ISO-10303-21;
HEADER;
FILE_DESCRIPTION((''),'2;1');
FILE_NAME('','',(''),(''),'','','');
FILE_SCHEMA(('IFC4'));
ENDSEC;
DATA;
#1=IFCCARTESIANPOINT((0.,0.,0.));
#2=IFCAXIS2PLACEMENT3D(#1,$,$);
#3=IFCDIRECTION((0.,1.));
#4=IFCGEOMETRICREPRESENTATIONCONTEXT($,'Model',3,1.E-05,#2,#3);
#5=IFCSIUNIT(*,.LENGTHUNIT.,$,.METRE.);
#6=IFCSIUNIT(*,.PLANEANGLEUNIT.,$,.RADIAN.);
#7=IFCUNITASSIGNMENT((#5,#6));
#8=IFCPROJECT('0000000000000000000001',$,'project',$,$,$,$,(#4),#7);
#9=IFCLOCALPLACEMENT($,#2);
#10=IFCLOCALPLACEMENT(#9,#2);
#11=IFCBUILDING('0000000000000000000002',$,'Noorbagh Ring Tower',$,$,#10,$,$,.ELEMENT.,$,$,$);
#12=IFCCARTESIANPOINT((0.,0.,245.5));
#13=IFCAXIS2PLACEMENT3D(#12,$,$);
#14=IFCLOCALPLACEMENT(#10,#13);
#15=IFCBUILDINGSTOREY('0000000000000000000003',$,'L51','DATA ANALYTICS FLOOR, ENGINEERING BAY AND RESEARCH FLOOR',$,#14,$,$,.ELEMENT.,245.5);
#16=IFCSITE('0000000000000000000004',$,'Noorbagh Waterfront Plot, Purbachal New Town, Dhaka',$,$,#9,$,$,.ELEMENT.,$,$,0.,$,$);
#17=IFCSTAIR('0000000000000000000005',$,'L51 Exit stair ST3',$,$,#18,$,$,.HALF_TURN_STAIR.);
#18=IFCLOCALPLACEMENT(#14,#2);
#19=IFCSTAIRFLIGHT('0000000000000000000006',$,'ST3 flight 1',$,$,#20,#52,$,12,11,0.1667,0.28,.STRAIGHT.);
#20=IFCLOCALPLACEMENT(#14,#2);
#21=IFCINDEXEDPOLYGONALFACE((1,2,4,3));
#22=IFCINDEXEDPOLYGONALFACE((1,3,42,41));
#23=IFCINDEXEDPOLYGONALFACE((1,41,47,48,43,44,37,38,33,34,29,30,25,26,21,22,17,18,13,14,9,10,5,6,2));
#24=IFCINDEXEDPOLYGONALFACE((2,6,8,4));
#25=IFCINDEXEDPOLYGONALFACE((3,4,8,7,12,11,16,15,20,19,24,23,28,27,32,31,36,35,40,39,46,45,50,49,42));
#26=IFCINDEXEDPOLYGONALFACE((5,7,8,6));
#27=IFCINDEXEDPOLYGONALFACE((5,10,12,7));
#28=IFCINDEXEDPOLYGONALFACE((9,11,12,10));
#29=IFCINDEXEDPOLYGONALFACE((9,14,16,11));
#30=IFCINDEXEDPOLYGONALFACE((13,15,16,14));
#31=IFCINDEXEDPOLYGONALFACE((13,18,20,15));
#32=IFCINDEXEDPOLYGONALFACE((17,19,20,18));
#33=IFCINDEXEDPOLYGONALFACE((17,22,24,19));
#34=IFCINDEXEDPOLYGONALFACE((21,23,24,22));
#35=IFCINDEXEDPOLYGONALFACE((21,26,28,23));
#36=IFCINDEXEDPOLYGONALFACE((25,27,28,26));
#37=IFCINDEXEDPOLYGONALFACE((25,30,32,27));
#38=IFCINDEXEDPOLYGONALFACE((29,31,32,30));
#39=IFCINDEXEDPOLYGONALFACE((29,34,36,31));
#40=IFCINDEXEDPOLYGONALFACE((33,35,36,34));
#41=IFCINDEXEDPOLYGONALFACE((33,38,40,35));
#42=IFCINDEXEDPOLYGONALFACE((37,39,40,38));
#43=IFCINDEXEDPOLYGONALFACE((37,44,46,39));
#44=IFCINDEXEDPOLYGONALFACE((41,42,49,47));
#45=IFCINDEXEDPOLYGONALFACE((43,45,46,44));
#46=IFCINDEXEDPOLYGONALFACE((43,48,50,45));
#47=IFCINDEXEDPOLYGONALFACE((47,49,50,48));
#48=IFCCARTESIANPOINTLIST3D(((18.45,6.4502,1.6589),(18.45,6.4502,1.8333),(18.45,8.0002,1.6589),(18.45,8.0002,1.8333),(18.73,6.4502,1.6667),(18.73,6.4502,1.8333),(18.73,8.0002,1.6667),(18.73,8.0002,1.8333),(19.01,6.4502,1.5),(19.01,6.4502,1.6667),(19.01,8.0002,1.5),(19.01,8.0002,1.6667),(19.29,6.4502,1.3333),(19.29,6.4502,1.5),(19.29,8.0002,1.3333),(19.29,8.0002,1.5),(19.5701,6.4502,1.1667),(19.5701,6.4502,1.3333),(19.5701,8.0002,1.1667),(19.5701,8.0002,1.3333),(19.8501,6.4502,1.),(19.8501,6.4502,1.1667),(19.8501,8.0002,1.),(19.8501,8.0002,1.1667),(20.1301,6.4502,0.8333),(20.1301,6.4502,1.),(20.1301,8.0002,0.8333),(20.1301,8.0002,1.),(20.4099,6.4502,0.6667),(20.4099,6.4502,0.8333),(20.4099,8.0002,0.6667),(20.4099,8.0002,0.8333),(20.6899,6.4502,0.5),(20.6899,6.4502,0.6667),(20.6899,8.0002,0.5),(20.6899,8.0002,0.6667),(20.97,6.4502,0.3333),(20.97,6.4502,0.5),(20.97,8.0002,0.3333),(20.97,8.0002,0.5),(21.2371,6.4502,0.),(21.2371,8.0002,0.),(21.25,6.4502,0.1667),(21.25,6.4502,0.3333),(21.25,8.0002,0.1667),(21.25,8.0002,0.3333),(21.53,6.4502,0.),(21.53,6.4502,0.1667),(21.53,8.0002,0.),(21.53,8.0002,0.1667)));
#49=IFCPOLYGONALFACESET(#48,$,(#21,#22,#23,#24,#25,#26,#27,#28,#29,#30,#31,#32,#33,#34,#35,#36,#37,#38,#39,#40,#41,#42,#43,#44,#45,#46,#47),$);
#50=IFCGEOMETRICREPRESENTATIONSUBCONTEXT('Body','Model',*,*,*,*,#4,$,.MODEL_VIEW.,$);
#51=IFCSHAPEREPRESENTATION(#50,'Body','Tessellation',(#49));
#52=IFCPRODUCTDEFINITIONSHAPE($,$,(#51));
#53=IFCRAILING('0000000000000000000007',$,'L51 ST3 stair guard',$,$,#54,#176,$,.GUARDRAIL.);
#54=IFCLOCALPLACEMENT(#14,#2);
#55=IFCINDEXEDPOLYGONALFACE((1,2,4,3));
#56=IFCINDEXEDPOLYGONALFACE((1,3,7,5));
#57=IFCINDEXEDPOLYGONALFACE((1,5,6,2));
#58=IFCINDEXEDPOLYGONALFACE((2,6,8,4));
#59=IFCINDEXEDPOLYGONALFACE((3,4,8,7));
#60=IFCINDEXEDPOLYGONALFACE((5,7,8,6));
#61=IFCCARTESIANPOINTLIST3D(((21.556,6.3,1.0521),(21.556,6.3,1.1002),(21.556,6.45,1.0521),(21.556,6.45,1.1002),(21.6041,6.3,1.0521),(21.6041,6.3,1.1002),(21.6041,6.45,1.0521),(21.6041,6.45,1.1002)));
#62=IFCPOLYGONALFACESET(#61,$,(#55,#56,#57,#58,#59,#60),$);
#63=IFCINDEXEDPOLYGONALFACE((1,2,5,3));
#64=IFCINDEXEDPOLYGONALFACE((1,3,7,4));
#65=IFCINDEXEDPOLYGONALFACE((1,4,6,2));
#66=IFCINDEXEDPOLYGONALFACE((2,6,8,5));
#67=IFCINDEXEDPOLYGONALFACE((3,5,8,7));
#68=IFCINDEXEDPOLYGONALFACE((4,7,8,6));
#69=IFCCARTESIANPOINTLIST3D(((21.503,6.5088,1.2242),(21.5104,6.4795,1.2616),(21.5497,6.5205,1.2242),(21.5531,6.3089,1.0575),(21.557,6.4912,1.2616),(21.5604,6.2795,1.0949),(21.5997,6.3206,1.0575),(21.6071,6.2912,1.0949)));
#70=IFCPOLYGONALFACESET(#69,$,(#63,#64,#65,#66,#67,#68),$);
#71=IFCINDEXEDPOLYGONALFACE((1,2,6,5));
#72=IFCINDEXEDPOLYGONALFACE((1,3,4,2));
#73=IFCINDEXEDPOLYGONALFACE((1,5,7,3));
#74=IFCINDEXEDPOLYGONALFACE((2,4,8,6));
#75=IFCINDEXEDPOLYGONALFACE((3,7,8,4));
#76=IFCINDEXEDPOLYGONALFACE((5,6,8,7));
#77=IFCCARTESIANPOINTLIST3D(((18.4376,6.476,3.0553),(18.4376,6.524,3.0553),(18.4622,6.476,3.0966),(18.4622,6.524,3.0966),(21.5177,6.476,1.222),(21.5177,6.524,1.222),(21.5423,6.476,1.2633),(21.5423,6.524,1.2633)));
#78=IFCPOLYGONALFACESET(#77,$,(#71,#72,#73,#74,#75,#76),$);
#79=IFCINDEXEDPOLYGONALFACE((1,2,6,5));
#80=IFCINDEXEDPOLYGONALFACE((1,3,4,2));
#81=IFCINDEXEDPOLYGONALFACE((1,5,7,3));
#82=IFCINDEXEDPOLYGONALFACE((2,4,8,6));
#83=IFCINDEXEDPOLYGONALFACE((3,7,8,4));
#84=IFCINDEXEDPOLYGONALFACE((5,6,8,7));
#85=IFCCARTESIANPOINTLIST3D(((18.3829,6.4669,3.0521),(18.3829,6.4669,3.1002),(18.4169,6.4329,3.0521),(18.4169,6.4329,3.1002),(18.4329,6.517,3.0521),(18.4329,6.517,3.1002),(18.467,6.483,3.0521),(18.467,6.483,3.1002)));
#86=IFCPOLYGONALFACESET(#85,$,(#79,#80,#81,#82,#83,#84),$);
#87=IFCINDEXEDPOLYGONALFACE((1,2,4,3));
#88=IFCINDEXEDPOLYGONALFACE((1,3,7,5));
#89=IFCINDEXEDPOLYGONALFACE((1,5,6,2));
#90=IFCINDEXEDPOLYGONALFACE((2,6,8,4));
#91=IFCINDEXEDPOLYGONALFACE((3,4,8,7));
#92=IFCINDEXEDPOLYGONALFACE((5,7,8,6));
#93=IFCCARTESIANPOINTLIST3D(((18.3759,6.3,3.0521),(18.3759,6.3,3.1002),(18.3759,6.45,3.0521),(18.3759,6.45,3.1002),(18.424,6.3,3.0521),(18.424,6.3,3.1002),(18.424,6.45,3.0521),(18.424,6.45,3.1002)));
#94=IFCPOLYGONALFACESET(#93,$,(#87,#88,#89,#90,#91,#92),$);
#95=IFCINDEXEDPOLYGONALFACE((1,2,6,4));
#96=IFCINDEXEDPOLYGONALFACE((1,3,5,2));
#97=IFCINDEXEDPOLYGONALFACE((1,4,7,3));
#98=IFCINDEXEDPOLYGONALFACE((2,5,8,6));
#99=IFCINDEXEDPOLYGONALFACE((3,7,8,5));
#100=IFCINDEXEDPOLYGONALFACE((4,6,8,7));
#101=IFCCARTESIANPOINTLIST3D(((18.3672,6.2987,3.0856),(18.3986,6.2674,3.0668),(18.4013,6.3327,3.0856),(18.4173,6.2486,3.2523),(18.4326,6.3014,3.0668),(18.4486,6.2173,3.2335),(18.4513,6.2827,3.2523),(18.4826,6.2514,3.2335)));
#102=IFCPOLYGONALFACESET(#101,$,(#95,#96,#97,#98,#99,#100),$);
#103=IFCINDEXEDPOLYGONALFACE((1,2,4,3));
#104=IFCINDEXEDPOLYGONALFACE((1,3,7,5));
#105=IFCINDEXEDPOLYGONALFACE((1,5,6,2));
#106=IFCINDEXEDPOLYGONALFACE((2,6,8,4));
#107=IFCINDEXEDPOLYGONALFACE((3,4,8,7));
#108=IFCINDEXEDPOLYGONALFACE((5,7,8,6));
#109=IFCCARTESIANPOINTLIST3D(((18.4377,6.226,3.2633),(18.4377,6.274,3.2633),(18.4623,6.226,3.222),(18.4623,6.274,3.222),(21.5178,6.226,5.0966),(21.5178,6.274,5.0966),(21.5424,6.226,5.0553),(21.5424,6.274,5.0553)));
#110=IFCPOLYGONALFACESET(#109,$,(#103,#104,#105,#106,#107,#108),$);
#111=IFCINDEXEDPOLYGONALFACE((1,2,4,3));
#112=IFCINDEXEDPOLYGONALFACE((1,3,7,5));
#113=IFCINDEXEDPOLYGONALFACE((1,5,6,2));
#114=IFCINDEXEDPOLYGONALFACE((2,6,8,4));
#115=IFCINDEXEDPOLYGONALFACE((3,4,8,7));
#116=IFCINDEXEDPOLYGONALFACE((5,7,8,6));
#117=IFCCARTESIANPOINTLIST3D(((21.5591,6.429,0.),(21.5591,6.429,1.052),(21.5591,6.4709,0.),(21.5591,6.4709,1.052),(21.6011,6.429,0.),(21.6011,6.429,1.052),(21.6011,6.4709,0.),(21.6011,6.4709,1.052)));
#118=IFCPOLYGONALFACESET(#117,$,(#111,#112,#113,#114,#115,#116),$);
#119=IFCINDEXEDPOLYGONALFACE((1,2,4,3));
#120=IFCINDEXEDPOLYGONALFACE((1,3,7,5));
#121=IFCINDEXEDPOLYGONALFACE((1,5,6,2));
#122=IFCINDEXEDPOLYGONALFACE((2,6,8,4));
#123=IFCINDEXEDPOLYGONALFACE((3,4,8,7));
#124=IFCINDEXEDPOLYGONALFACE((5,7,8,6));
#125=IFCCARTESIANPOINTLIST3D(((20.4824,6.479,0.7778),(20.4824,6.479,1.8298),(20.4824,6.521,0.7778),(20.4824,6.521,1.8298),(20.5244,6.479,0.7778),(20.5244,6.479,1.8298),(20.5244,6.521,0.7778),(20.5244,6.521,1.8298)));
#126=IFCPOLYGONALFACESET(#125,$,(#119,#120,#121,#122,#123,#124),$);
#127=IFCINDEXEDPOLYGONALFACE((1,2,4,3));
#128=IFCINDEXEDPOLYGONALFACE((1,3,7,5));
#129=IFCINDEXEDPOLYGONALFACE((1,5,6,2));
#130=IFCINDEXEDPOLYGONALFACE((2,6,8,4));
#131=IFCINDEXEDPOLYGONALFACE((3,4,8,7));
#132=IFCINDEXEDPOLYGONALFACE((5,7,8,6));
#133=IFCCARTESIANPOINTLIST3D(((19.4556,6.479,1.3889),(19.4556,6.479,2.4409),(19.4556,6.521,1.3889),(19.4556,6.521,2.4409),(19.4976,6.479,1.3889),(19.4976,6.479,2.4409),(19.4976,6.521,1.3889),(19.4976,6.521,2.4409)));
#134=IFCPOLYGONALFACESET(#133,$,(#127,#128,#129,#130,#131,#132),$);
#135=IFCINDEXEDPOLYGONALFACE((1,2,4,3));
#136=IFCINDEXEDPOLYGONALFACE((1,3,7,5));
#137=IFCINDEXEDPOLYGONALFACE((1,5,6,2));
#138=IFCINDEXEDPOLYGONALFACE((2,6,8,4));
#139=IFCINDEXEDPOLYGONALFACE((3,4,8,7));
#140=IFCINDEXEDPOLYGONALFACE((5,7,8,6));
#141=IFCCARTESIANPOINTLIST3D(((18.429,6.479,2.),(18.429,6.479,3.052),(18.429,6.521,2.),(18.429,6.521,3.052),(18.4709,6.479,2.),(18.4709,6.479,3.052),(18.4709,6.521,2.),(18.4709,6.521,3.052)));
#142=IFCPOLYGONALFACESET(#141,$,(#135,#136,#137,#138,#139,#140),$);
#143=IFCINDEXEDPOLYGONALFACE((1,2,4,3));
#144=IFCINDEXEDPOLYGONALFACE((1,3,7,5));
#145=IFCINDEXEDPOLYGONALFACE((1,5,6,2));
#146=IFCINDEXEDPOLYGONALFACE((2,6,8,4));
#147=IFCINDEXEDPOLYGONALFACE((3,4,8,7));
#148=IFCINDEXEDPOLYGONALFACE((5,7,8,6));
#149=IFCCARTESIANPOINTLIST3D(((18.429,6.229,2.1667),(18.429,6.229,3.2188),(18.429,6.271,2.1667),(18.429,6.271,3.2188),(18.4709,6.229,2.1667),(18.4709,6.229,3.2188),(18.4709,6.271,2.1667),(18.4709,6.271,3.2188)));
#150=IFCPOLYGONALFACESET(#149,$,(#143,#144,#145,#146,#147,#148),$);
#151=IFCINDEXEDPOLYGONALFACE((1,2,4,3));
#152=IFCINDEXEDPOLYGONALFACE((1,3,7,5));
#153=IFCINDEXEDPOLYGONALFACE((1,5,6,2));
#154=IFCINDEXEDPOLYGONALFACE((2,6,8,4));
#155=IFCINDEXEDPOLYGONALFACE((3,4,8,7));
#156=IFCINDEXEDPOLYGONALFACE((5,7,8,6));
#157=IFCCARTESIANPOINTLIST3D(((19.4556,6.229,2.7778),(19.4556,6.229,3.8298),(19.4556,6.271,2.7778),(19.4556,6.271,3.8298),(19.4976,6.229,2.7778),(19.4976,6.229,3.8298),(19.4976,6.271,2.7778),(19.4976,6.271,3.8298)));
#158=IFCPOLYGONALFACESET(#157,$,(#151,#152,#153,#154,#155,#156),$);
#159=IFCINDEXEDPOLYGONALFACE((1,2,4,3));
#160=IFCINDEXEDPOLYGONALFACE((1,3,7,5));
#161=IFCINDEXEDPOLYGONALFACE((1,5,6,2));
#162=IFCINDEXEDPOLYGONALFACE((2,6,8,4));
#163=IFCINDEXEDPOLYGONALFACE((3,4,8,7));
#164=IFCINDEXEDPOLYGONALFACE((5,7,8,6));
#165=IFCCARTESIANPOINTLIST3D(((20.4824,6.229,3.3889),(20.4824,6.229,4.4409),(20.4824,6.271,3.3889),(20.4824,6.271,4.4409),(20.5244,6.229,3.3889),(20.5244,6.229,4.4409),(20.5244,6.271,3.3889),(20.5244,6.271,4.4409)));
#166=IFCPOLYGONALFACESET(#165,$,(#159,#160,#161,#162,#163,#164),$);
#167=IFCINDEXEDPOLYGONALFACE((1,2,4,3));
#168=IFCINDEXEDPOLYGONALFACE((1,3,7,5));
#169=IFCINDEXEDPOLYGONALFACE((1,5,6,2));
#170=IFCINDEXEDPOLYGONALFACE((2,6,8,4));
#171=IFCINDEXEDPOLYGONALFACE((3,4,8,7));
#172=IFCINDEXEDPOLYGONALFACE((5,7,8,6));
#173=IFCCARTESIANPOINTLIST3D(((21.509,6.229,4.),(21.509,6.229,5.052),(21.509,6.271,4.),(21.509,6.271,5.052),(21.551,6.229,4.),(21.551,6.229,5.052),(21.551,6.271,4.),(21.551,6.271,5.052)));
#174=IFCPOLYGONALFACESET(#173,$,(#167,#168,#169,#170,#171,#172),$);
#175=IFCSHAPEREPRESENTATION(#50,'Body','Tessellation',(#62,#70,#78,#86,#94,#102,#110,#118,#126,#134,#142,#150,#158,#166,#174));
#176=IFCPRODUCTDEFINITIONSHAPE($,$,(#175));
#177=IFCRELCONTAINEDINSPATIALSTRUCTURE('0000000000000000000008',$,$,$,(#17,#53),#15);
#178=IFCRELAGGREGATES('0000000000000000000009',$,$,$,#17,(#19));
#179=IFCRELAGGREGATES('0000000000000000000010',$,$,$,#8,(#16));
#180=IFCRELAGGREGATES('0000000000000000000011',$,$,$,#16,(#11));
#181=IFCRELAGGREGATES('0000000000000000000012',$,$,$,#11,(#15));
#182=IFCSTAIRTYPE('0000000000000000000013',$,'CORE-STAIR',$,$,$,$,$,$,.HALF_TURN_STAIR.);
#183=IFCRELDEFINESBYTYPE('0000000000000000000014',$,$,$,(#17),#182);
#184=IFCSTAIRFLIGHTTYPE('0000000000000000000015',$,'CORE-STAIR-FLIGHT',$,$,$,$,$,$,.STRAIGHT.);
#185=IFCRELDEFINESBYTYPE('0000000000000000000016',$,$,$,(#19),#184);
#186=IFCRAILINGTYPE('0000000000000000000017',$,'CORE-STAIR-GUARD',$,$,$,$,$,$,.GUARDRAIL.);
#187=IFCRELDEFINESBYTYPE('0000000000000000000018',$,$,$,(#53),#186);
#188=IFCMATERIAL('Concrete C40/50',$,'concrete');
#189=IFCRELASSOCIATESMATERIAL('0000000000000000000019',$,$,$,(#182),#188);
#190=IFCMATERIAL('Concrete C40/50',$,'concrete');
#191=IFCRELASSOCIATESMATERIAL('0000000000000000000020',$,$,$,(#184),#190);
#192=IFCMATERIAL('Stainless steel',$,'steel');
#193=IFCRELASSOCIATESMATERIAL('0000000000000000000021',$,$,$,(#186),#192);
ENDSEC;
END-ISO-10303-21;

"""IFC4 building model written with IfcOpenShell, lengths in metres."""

from ifc_helpers import new_model, si_unit, direction, frame, origin, origin_2d, place, context, subcontext, project, spatial, polyline, rectangle, outline, extrude, material, type_object, element, aggregate, save


model = new_model("IFC4")

# Units and contexts
model_context = context("Model", 3, precision=1e-05, world=origin(), true_north=direction((0.0, 1.0)))
body_context = subcontext(model_context, "Body", "Model", "MODEL_VIEW")
ifc_project = project(units=[si_unit("LENGTHUNIT", "METRE"), si_unit("PLANEANGLEUNIT", "RADIAN")], contexts=[model_context])

# Site, building, storey
site_placement = place(None, origin())
site = spatial("IfcSite", under=ifc_project, at=site_placement, Name="Noorbagh Waterfront Plot, Purbachal New Town, Dhaka", CompositionType="ELEMENT", RefElevation=0.0)
building_placement = place(site_placement, origin())
building = spatial("IfcBuilding", under=site, at=building_placement, Name="Noorbagh Ring Tower", CompositionType="ELEMENT")
storey_placement = place(building_placement, frame((0.0, 0.0, 245.5)))
storey = spatial("IfcBuildingStorey", under=building, at=storey_placement, Name="L51", Description="DATA ANALYTICS FLOOR, ENGINEERING BAY AND RESEARCH FLOOR", CompositionType="ELEMENT", Elevation=245.5)

# Stair, stair flight
ifc_material_1 = material(Name="Concrete C40/50", Category="concrete")
stair_type = type_object("IfcStairType", Name="CORE-STAIR", PredefinedType="HALF_TURN_STAIR", material=ifc_material_1)
stair_placement = place(storey_placement, origin())
stair = element("IfcStair", 1, at=stair_placement, inside=storey, type_object=stair_type, Name="L51 Exit stair ST3", PredefinedType="HALF_TURN_STAIR")
ifc_material_2 = material(Name="Concrete C40/50", Category="concrete")
stair_flight_type = type_object("IfcStairFlightType", Name="CORE-STAIR-FLIGHT", PredefinedType="STRAIGHT", material=ifc_material_2)
stair_flight_placement = place(storey_placement, frame((21.53, 7.2251, 0.0), z_axis=(0.0, 0.0, 1.0), x_axis=(-1.0, 0.0, 0.0)))
stair_flight = element("IfcStairFlight", 2, at=stair_flight_placement, type_object=stair_flight_type, Name="ST3 flight 1", NumberOfRisers=12, NumberOfTreads=11, PredefinedType="STRAIGHT", RiserHeight=0.1667, TreadLength=0.28, context=body_context, shape_type="SweptSolid", body=[
    extrude(outline(polyline([(0.0, 0.0), (0.0, 0.1667), (0.28, 0.1667), (0.28, 0.3333), (0.5601, 0.3333), (0.5601, 0.5), (0.8401, 0.5), (0.8401, 0.6667), (1.1201, 0.6667), (1.1201, 0.8333), (1.3999, 0.8333), (1.3999, 1.0), (1.6799, 1.0), (1.6799, 1.1667), (1.96, 1.1667), (1.96, 1.3333), (2.24, 1.3333), (2.24, 1.5), (2.52, 1.5), (2.52, 1.6667), (2.8, 1.6667), (2.8, 1.8333), (3.0801, 1.8333), (3.0801, 2.0), (3.0801, 1.6589), (0.293, 0.0), (0.0, 0.0)])), frame((0.0, 0.7749, 0.0), z_axis=(0.0, -1.0, 0.0), x_axis=(1.0, 0.0, 0.0)), (0.0, 0.0, 1.0), 1.55),
])
aggregate(stair, [stair_flight])

# Railing
ifc_material_3 = material(Name="Stainless steel", Category="steel")
railing_type_1 = type_object("IfcRailingType", Name="CORE-STAIR-GUARD", PredefinedType="GUARDRAIL", material=ifc_material_3)
railing_1_placement = place(storey_placement, frame((21.5801, 6.45, 0.0)))
element("IfcRailing", 3, at=railing_1_placement, inside=storey, type_object=railing_type_1, Name="L51 ST3 stair guard", PredefinedType="GUARDRAIL", context=body_context, shape_type="SweptSolid", body=[
    extrude(rectangle(XDim=0.0481, YDim=0.0481, at=origin_2d()), frame((0.0, 0.0, 1.0762), z_axis=(0.0, -1.0, 0.0), x_axis=(1.0, 0.0, 0.0)), (0.0, 0.0, 1.0), 0.1499),
    extrude(rectangle(XDim=0.0481, YDim=0.0481, at=origin_2d()), frame((0.0, -0.1499, 1.0762), z_axis=(-0.188776, 0.754182, 0.628946), x_axis=(-0.970073, -0.242814, 0.0)), (0.0, 0.0, 1.0), 0.2651),
    extrude(rectangle(XDim=0.0481, YDim=0.0481, at=origin_2d()), frame((-0.05, 0.05, 1.2427), z_axis=(-0.859309, 0.0, 0.511458), x_axis=(0.0, -1.0, 0.0)), (0.0, 0.0, 1.0), 3.5845),
    extrude(rectangle(XDim=0.0481, YDim=0.0481, at=origin_2d()), frame((-3.1301, 0.05, 3.0762), z_axis=(-0.707107, -0.707107, 0.0), x_axis=(0.707107, -0.707107, 0.0)), (0.0, 0.0, 1.0), 0.0708),
    extrude(rectangle(XDim=0.0481, YDim=0.0481, at=origin_2d()), frame((-3.1802, 0.0, 3.0762), z_axis=(0.0, -1.0, 0.0), x_axis=(1.0, 0.0, 0.0)), (0.0, 0.0, 1.0), 0.1499),
    extrude(rectangle(XDim=0.0481, YDim=0.0481, at=origin_2d()), frame((-3.1802, -0.1499, 3.0762), z_axis=(0.276287, -0.276287, 0.920506), x_axis=(0.707107, 0.707107, 0.0)), (0.0, 0.0, 1.0), 0.1812),
    extrude(rectangle(XDim=0.0481, YDim=0.0481, at=origin_2d()), frame((-3.1301, -0.2, 3.2427), z_axis=(0.859309, 0.0, 0.511458), x_axis=(0.0, 1.0, 0.0)), (0.0, 0.0, 1.0), 3.5845),
    extrude(rectangle(XDim=0.042, YDim=0.042, at=origin_2d()), origin(), (0.0, 0.0, 1.0), 1.052),
    extrude(rectangle(XDim=0.042, YDim=0.042, at=origin_2d()), frame((-1.0767, 0.05, 0.7778)), (0.0, 0.0, 1.0), 1.052),
    extrude(rectangle(XDim=0.042, YDim=0.042, at=origin_2d()), frame((-2.1035, 0.05, 1.3889)), (0.0, 0.0, 1.0), 1.052),
    extrude(rectangle(XDim=0.042, YDim=0.042, at=origin_2d()), frame((-3.1301, 0.05, 2.0)), (0.0, 0.0, 1.0), 1.052),
    extrude(rectangle(XDim=0.042, YDim=0.042, at=origin_2d()), frame((-3.1301, -0.2, 2.1667)), (0.0, 0.0, 1.0), 1.052),
    extrude(rectangle(XDim=0.042, YDim=0.042, at=origin_2d()), frame((-2.1035, -0.2, 2.7778)), (0.0, 0.0, 1.0), 1.052),
    extrude(rectangle(XDim=0.042, YDim=0.042, at=origin_2d()), frame((-1.0767, -0.2, 3.3889)), (0.0, 0.0, 1.0), 1.052),
    extrude(rectangle(XDim=0.042, YDim=0.042, at=origin_2d()), frame((-0.05, -0.2, 4.0)), (0.0, 0.0, 1.0), 1.052),
])

save(model, "model.ifc")
